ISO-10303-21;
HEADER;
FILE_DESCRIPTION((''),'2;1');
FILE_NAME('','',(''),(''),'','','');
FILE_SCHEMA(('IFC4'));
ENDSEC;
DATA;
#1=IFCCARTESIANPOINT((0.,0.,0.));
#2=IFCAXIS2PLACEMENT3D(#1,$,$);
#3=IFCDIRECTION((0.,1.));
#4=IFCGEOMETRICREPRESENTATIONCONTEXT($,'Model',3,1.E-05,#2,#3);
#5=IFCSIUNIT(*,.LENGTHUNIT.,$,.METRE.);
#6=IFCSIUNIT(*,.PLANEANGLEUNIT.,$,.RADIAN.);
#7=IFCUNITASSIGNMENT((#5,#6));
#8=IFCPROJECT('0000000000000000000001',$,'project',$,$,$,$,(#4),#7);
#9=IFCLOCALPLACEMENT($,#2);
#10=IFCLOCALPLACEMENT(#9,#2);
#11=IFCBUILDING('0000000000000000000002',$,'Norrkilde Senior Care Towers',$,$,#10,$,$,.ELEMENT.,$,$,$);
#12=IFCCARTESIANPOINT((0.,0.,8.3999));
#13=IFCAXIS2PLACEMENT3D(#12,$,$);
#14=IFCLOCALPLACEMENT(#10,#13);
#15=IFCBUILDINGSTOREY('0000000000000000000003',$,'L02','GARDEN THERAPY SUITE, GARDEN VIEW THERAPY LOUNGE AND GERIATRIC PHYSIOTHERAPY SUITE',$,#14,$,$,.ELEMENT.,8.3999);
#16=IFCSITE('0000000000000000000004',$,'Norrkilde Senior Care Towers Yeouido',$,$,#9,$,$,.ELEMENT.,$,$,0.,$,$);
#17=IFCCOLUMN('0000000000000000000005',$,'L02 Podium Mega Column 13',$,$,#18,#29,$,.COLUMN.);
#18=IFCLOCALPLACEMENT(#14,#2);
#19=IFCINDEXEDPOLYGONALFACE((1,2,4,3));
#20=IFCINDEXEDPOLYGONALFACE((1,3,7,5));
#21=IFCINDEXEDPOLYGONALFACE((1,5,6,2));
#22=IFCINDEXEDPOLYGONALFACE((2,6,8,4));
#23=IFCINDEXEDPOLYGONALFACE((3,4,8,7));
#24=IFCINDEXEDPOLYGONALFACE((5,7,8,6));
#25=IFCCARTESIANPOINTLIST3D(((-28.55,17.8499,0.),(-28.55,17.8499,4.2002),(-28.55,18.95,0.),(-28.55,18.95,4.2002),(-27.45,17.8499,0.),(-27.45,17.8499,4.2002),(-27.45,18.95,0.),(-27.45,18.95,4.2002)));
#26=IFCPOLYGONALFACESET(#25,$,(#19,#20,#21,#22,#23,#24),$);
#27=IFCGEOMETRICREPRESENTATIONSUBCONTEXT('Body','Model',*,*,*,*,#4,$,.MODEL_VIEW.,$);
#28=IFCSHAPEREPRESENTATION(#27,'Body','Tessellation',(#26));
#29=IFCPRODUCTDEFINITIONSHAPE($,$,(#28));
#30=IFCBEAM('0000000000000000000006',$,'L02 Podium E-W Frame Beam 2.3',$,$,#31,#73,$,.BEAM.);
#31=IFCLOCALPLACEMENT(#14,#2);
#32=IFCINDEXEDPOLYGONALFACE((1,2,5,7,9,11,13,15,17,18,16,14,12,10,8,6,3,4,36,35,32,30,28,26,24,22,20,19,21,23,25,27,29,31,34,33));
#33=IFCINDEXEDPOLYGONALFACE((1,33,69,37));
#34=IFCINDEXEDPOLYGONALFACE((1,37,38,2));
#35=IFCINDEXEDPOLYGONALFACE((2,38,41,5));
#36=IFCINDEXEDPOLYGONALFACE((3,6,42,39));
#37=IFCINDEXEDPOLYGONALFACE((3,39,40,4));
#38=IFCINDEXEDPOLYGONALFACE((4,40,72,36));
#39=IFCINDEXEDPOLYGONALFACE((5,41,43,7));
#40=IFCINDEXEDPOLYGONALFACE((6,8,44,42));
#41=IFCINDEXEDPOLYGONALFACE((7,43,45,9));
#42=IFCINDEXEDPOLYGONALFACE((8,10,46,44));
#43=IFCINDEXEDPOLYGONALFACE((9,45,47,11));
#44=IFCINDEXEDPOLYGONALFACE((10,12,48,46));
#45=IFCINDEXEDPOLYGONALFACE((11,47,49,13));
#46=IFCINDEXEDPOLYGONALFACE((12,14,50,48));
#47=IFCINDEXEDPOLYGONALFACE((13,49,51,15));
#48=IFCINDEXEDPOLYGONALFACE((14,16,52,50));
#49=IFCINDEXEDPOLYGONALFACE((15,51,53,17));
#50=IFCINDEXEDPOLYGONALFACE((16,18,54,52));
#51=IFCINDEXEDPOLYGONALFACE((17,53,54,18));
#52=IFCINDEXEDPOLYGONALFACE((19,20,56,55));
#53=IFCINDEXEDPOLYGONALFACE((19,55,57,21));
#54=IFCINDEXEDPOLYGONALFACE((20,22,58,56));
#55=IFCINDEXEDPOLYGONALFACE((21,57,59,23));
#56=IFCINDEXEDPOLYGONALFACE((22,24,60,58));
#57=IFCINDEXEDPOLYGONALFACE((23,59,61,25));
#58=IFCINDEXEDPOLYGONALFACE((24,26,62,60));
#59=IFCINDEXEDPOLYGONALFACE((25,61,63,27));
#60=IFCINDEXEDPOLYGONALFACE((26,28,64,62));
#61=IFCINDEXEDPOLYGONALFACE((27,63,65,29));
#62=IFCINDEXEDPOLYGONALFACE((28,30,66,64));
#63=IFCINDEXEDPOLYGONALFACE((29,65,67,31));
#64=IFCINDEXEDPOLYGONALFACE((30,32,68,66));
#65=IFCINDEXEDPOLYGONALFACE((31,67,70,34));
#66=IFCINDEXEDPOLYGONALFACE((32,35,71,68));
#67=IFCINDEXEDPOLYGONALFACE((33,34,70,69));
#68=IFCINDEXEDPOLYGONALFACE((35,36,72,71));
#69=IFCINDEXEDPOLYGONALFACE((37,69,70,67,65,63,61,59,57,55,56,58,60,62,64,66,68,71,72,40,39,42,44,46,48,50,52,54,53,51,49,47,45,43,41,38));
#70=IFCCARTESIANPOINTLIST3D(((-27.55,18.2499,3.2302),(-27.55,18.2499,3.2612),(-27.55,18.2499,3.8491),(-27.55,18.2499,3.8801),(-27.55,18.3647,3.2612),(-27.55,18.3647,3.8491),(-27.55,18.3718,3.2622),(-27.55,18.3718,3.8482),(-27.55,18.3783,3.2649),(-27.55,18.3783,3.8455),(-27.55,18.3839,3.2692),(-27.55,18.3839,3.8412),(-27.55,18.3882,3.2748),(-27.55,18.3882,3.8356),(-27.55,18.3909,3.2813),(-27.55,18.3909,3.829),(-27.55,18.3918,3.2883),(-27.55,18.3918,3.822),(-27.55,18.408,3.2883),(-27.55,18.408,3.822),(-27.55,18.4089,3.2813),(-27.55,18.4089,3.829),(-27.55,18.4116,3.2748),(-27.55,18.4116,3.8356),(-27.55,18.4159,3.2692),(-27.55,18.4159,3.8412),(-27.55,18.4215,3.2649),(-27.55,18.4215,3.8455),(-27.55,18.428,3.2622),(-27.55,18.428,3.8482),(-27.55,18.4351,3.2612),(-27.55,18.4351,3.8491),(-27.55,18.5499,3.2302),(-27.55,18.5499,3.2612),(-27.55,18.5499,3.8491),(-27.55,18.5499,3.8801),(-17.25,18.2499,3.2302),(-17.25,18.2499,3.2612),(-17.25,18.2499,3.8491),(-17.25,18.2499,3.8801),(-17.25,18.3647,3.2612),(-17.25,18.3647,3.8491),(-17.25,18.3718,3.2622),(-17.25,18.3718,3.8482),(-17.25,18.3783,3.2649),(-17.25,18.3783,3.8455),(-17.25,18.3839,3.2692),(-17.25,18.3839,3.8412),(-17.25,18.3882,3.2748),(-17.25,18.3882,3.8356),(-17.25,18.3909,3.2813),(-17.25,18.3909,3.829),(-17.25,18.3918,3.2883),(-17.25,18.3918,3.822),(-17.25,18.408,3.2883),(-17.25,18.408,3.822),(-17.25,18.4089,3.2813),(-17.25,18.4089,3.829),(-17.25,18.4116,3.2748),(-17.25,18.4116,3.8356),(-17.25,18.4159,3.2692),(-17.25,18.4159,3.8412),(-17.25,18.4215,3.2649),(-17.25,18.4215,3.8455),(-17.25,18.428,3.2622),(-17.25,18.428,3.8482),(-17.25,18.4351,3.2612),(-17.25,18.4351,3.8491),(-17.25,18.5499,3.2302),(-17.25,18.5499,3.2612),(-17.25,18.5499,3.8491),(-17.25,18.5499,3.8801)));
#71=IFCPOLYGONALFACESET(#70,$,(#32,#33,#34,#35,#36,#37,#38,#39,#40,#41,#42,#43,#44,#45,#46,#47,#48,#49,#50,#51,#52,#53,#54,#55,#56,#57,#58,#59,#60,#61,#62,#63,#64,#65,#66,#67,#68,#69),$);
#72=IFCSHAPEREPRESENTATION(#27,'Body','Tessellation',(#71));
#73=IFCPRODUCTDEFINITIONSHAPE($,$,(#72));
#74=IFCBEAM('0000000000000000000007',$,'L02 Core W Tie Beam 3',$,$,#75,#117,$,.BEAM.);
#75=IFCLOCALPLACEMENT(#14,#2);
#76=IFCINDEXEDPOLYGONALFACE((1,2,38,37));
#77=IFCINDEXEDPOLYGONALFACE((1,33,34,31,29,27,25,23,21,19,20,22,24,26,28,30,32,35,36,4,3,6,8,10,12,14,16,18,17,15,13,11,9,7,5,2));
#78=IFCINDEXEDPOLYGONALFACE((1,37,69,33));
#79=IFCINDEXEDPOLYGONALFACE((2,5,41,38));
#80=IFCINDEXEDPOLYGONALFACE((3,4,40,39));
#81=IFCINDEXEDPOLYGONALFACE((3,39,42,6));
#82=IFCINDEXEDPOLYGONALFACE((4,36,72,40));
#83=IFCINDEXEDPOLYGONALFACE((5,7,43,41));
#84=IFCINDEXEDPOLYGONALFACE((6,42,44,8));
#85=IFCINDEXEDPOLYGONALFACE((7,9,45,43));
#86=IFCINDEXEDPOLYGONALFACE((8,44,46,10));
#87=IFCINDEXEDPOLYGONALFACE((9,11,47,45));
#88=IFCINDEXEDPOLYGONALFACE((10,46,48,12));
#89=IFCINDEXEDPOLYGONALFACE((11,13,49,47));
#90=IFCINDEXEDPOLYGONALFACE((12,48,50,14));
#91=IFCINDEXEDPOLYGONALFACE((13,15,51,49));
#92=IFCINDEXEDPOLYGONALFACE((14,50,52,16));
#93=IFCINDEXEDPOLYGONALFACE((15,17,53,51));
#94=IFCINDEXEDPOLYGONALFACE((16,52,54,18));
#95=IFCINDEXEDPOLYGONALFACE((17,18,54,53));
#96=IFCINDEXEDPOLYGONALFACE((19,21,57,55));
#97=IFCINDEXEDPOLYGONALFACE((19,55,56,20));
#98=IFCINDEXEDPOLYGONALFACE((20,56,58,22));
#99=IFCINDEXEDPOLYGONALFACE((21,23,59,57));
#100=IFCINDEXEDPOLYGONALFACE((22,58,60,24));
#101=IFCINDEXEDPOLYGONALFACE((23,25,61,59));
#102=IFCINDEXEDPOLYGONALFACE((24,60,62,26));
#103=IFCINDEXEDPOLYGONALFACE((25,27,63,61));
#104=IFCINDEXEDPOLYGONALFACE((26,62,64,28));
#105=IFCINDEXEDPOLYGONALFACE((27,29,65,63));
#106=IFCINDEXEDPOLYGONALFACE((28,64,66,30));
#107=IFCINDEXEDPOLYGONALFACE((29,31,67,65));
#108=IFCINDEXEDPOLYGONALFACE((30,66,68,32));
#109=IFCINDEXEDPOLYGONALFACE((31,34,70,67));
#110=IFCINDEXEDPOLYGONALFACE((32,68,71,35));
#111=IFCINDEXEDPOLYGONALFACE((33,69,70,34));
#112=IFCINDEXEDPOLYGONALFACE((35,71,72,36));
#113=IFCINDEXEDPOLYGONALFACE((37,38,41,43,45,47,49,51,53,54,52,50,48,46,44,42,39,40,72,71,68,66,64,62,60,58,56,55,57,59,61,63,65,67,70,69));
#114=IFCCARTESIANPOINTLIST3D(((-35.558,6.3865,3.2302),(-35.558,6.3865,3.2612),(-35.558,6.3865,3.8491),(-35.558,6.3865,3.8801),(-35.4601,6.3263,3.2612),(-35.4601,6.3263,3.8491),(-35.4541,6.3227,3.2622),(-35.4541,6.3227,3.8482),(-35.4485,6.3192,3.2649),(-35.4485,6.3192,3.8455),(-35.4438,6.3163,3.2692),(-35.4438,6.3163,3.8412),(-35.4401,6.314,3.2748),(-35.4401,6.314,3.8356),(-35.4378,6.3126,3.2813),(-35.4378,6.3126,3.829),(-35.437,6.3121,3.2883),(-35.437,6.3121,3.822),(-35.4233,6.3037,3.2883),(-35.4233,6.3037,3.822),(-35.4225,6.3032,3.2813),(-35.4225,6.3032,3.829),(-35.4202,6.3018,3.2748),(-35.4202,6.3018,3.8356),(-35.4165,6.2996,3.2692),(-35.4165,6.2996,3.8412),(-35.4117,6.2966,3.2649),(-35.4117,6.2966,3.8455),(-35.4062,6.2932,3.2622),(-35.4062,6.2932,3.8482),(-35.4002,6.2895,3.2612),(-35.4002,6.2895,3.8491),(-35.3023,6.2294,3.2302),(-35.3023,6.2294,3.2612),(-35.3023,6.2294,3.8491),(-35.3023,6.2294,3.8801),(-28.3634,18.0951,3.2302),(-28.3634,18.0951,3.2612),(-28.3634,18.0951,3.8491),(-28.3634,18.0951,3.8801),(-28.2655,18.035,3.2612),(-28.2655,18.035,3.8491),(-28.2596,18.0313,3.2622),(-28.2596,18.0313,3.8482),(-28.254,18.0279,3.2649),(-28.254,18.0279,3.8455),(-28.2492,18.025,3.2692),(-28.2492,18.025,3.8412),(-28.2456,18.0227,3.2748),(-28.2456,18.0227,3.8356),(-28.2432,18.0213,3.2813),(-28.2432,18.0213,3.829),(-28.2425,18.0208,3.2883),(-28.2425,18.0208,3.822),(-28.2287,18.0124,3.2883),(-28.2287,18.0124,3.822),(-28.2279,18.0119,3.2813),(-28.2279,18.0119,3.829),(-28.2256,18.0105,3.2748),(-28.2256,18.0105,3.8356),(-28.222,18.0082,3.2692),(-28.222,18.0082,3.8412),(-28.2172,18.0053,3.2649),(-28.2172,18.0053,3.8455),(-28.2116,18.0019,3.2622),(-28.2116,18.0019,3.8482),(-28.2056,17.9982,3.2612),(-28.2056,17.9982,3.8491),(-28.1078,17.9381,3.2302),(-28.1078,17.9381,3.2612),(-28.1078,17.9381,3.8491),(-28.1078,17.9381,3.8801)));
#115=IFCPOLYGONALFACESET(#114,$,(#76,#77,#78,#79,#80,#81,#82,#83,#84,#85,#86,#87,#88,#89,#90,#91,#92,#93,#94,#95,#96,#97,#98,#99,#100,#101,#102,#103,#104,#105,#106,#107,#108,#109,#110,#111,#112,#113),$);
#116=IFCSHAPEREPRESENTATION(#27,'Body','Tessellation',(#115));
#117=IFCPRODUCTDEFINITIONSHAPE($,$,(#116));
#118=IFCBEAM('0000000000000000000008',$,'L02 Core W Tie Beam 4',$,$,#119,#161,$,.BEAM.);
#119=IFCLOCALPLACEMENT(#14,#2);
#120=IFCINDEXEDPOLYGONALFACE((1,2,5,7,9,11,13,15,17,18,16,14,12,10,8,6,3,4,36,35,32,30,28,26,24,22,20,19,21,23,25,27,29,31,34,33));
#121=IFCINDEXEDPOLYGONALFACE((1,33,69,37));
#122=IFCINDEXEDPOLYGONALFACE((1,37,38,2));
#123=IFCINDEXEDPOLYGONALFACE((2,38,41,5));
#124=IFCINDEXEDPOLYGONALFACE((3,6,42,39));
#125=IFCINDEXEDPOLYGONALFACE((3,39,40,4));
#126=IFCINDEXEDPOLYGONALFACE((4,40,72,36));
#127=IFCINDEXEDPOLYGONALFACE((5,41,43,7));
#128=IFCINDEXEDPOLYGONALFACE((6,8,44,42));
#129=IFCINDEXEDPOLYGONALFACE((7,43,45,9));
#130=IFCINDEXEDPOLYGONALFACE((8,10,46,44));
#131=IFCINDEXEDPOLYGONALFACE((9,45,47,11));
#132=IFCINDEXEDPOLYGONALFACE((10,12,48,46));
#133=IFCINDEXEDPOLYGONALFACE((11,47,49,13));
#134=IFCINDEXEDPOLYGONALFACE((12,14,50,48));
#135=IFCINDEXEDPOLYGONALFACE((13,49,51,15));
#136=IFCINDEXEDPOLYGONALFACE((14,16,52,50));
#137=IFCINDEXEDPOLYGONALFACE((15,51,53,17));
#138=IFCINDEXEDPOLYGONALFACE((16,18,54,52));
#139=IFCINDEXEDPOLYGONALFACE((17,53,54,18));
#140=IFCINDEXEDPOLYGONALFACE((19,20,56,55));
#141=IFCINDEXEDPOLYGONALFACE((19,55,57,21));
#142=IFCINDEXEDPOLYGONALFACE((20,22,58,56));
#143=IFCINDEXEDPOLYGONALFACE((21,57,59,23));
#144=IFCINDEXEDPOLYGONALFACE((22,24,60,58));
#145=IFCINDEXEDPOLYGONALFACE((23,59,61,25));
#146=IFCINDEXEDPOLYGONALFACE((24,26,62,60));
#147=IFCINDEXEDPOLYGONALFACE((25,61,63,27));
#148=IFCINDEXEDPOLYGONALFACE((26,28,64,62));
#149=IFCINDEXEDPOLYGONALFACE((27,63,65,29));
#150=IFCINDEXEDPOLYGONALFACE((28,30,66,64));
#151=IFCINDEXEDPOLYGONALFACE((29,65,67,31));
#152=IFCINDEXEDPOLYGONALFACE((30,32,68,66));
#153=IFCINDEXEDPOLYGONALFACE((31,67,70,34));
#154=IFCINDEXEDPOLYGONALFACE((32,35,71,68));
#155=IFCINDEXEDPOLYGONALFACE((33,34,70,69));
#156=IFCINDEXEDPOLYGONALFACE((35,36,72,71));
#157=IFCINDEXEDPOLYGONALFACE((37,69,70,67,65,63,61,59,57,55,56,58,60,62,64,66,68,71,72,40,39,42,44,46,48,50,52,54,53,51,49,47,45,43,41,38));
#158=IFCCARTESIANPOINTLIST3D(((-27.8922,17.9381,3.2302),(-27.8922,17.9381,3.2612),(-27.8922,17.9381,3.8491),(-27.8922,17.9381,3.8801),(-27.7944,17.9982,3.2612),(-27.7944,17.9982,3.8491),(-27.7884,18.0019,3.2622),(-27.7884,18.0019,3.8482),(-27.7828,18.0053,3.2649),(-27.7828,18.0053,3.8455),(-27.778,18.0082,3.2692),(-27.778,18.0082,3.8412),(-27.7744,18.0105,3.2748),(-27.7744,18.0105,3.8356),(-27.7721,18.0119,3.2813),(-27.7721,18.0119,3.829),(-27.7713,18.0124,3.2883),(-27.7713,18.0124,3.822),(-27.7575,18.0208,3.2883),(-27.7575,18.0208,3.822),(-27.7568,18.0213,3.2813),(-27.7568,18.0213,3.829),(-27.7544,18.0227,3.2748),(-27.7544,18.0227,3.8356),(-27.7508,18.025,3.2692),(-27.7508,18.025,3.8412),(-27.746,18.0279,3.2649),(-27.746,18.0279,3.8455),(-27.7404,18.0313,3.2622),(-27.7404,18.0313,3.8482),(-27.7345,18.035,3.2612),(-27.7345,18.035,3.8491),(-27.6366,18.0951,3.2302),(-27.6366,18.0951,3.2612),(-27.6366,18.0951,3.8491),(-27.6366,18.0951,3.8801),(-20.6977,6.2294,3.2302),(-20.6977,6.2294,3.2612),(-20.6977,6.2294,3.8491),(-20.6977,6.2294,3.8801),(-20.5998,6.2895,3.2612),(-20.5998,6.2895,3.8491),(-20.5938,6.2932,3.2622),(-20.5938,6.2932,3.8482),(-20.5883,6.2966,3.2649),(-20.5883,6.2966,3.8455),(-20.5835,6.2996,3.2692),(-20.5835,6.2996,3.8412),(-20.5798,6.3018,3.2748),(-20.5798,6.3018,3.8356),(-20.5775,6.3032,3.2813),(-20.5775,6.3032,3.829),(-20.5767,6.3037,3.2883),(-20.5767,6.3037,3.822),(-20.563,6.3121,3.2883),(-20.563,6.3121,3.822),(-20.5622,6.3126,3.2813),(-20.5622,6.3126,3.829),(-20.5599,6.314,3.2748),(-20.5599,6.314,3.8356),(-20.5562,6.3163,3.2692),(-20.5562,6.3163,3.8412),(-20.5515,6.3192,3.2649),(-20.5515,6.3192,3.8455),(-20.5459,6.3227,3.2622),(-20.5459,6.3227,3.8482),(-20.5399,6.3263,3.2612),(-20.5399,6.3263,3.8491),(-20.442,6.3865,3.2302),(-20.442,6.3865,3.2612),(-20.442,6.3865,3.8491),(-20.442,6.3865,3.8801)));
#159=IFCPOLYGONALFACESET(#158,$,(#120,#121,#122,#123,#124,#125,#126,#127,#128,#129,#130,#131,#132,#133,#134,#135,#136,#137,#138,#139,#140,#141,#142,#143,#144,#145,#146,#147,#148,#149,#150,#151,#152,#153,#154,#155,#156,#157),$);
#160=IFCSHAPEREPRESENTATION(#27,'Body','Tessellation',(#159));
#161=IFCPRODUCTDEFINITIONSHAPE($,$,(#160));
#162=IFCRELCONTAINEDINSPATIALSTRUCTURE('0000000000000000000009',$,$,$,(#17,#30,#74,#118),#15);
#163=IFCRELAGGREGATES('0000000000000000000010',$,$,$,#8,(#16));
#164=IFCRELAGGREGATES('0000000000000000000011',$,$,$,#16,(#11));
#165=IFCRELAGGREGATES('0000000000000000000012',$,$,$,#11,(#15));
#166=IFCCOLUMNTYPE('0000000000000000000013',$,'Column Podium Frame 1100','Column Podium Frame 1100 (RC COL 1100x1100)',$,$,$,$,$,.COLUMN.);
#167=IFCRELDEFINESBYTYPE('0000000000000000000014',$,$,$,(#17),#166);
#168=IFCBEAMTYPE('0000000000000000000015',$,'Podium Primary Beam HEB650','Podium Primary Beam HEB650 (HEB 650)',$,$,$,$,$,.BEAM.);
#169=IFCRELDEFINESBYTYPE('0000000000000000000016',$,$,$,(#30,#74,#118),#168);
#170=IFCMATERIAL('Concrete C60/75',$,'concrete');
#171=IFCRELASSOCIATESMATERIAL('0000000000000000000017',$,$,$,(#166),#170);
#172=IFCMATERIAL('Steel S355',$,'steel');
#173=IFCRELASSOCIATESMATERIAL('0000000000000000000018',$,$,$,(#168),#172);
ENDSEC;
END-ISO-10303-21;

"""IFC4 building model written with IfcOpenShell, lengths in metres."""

from ifc_helpers import new_model, si_unit, direction, frame, origin, origin_2d, place, context, subcontext, project, spatial, rectangle, i_section, extrude, source, transform, mapped, material, material_profile, profile_set, type_object, type_shapes, element, save


model = new_model("IFC4")

# Units and contexts
model_context = context("Model", 3, precision=1e-05, world=origin(), true_north=direction((0.0, 1.0)))
body_context = subcontext(model_context, "Body", "Model", "MODEL_VIEW")
ifc_project = project(units=[si_unit("LENGTHUNIT", "METRE"), si_unit("PLANEANGLEUNIT", "RADIAN")], contexts=[model_context])

# Site, building, storey
site_placement = place(None, origin())
site = spatial("IfcSite", under=ifc_project, at=site_placement, Name="Norrkilde Senior Care Towers Yeouido", CompositionType="ELEMENT", RefElevation=0.0)
building_placement = place(site_placement, origin())
building = spatial("IfcBuilding", under=site, at=building_placement, Name="Norrkilde Senior Care Towers", CompositionType="ELEMENT")
storey_placement = place(building_placement, frame((0.0, 0.0, 8.3999)))
storey = spatial("IfcBuildingStorey", under=building, at=storey_placement, Name="L02", Description="GARDEN THERAPY SUITE, GARDEN VIEW THERAPY LOUNGE AND GERIATRIC PHYSIOTHERAPY SUITE", CompositionType="ELEMENT", Elevation=8.3999)

# Column
ifc_material_1 = material(Name="Concrete C60/75", Category="concrete")
ifc_material_profile_1 = material_profile(ifc_material_1, rectangle(XDim=1.1001, YDim=1.1001, at=origin_2d()), Name="RC COL 1100x1100")
ifc_profile_set_1 = profile_set([ifc_material_profile_1], Name="Concrete C60/75")
column_type = type_object("IfcColumnType", Name="Column Podium Frame 1100", Description="Column Podium Frame 1100 (RC COL 1100x1100)", PredefinedType="COLUMN", material=ifc_profile_set_1)
shared_shape_1 = source(origin(), body_context, "Body", "SweptSolid", [
    extrude(rectangle(XDim=1.1001, YDim=1.1001, at=origin_2d()), origin(), (0.0, 0.0, 1.0), 4.2002),
])
type_shapes(column_type, [shared_shape_1])
column_placement = place(storey_placement, frame((-28.0, 18.3999, 0.0), z_axis=(0.0, 0.0, 1.0), x_axis=(1.0, 0.0, 0.0)))
element("IfcColumn", 1, at=column_placement, inside=storey, type_object=column_type, Name="L02 Podium Mega Column 13", PredefinedType="COLUMN", context=body_context, shape_type="MappedRepresentation", body=[
    mapped(shared_shape_1, transform((0.0, 0.0, 0.0), x_axis=(1.0, 0.0, 0.0), y_axis=(0.0, 1.0, 0.0), z_axis=(0.0, 0.0, 1.0), scale=1.0)),
])

# Beams
ifc_material_2 = material(Name="Steel S355", Category="steel")
ifc_material_profile_2 = material_profile(ifc_material_2, i_section(OverallWidth=0.3, OverallDepth=0.6499, WebThickness=0.0161, FlangeThickness=0.031, FilletRadius=0.0271, at=origin_2d()), Name="HEB 650")
ifc_profile_set_2 = profile_set([ifc_material_profile_2], Name="Steel S355")
beam_type = type_object("IfcBeamType", Name="Podium Primary Beam HEB650", Description="Podium Primary Beam HEB650 (HEB 650)", PredefinedType="BEAM", material=ifc_profile_set_2)
shared_shape_2 = source(origin(), body_context, "Body", "SweptSolid", [
    extrude(i_section(OverallWidth=0.3, OverallDepth=0.6499, WebThickness=0.0161, FlangeThickness=0.031, FilletRadius=0.0271, at=origin_2d()), origin(), (0.0, 0.0, 1.0), 10.3),
])
beam_placement = place(storey_placement, frame((-27.55, 18.3999, 3.5552), z_axis=(1.0, 0.0, 0.0), x_axis=(0.0, 1.0, 0.0)))
element("IfcBeam", 2, at=beam_placement, inside=storey, type_object=beam_type, Name="L02 Podium E-W Frame Beam 2.3", PredefinedType="BEAM", context=body_context, shape_type="MappedRepresentation", body=[
    mapped(shared_shape_2, transform((0.0, 0.0, 0.0), x_axis=(1.0, 0.0, 0.0), y_axis=(0.0, 1.0, 0.0), z_axis=(0.0, 0.0, 1.0), scale=1.0)),
])
shared_shape_3 = source(origin(), body_context, "Body", "SweptSolid", [
    extrude(i_section(OverallWidth=0.3, OverallDepth=0.6499, WebThickness=0.0161, FlangeThickness=0.031, FilletRadius=0.0271, at=origin_2d()), origin(), (0.0, 0.0, 1.0), 13.7424),
])
type_shapes(beam_type, [shared_shape_2, shared_shape_3])
for number, where, z_axis, x_axis, name in (
    (3, (-28.2356, 18.0166, 3.5552), (-0.523527, -0.852009, 0.0), (0.852009, -0.523527, 0.0), "L02 Core W Tie Beam 3"),
    (4, (-27.7644, 18.0166, 3.5552), (0.523527, -0.852009, 0.0), (0.852009, 0.523527, 0.0), "L02 Core W Tie Beam 4"),
):
    element("IfcBeam", number, at=place(storey_placement, frame(where, z_axis=z_axis, x_axis=x_axis)), inside=storey, type_object=beam_type, Name=name, PredefinedType="BEAM", context=body_context, shape_type="MappedRepresentation", body=[
        mapped(shared_shape_3, transform((0.0, 0.0, 0.0), x_axis=(1.0, 0.0, 0.0), y_axis=(0.0, 1.0, 0.0), z_axis=(0.0, 0.0, 1.0), scale=1.0)),
    ])

save(model, "model.ifc")
